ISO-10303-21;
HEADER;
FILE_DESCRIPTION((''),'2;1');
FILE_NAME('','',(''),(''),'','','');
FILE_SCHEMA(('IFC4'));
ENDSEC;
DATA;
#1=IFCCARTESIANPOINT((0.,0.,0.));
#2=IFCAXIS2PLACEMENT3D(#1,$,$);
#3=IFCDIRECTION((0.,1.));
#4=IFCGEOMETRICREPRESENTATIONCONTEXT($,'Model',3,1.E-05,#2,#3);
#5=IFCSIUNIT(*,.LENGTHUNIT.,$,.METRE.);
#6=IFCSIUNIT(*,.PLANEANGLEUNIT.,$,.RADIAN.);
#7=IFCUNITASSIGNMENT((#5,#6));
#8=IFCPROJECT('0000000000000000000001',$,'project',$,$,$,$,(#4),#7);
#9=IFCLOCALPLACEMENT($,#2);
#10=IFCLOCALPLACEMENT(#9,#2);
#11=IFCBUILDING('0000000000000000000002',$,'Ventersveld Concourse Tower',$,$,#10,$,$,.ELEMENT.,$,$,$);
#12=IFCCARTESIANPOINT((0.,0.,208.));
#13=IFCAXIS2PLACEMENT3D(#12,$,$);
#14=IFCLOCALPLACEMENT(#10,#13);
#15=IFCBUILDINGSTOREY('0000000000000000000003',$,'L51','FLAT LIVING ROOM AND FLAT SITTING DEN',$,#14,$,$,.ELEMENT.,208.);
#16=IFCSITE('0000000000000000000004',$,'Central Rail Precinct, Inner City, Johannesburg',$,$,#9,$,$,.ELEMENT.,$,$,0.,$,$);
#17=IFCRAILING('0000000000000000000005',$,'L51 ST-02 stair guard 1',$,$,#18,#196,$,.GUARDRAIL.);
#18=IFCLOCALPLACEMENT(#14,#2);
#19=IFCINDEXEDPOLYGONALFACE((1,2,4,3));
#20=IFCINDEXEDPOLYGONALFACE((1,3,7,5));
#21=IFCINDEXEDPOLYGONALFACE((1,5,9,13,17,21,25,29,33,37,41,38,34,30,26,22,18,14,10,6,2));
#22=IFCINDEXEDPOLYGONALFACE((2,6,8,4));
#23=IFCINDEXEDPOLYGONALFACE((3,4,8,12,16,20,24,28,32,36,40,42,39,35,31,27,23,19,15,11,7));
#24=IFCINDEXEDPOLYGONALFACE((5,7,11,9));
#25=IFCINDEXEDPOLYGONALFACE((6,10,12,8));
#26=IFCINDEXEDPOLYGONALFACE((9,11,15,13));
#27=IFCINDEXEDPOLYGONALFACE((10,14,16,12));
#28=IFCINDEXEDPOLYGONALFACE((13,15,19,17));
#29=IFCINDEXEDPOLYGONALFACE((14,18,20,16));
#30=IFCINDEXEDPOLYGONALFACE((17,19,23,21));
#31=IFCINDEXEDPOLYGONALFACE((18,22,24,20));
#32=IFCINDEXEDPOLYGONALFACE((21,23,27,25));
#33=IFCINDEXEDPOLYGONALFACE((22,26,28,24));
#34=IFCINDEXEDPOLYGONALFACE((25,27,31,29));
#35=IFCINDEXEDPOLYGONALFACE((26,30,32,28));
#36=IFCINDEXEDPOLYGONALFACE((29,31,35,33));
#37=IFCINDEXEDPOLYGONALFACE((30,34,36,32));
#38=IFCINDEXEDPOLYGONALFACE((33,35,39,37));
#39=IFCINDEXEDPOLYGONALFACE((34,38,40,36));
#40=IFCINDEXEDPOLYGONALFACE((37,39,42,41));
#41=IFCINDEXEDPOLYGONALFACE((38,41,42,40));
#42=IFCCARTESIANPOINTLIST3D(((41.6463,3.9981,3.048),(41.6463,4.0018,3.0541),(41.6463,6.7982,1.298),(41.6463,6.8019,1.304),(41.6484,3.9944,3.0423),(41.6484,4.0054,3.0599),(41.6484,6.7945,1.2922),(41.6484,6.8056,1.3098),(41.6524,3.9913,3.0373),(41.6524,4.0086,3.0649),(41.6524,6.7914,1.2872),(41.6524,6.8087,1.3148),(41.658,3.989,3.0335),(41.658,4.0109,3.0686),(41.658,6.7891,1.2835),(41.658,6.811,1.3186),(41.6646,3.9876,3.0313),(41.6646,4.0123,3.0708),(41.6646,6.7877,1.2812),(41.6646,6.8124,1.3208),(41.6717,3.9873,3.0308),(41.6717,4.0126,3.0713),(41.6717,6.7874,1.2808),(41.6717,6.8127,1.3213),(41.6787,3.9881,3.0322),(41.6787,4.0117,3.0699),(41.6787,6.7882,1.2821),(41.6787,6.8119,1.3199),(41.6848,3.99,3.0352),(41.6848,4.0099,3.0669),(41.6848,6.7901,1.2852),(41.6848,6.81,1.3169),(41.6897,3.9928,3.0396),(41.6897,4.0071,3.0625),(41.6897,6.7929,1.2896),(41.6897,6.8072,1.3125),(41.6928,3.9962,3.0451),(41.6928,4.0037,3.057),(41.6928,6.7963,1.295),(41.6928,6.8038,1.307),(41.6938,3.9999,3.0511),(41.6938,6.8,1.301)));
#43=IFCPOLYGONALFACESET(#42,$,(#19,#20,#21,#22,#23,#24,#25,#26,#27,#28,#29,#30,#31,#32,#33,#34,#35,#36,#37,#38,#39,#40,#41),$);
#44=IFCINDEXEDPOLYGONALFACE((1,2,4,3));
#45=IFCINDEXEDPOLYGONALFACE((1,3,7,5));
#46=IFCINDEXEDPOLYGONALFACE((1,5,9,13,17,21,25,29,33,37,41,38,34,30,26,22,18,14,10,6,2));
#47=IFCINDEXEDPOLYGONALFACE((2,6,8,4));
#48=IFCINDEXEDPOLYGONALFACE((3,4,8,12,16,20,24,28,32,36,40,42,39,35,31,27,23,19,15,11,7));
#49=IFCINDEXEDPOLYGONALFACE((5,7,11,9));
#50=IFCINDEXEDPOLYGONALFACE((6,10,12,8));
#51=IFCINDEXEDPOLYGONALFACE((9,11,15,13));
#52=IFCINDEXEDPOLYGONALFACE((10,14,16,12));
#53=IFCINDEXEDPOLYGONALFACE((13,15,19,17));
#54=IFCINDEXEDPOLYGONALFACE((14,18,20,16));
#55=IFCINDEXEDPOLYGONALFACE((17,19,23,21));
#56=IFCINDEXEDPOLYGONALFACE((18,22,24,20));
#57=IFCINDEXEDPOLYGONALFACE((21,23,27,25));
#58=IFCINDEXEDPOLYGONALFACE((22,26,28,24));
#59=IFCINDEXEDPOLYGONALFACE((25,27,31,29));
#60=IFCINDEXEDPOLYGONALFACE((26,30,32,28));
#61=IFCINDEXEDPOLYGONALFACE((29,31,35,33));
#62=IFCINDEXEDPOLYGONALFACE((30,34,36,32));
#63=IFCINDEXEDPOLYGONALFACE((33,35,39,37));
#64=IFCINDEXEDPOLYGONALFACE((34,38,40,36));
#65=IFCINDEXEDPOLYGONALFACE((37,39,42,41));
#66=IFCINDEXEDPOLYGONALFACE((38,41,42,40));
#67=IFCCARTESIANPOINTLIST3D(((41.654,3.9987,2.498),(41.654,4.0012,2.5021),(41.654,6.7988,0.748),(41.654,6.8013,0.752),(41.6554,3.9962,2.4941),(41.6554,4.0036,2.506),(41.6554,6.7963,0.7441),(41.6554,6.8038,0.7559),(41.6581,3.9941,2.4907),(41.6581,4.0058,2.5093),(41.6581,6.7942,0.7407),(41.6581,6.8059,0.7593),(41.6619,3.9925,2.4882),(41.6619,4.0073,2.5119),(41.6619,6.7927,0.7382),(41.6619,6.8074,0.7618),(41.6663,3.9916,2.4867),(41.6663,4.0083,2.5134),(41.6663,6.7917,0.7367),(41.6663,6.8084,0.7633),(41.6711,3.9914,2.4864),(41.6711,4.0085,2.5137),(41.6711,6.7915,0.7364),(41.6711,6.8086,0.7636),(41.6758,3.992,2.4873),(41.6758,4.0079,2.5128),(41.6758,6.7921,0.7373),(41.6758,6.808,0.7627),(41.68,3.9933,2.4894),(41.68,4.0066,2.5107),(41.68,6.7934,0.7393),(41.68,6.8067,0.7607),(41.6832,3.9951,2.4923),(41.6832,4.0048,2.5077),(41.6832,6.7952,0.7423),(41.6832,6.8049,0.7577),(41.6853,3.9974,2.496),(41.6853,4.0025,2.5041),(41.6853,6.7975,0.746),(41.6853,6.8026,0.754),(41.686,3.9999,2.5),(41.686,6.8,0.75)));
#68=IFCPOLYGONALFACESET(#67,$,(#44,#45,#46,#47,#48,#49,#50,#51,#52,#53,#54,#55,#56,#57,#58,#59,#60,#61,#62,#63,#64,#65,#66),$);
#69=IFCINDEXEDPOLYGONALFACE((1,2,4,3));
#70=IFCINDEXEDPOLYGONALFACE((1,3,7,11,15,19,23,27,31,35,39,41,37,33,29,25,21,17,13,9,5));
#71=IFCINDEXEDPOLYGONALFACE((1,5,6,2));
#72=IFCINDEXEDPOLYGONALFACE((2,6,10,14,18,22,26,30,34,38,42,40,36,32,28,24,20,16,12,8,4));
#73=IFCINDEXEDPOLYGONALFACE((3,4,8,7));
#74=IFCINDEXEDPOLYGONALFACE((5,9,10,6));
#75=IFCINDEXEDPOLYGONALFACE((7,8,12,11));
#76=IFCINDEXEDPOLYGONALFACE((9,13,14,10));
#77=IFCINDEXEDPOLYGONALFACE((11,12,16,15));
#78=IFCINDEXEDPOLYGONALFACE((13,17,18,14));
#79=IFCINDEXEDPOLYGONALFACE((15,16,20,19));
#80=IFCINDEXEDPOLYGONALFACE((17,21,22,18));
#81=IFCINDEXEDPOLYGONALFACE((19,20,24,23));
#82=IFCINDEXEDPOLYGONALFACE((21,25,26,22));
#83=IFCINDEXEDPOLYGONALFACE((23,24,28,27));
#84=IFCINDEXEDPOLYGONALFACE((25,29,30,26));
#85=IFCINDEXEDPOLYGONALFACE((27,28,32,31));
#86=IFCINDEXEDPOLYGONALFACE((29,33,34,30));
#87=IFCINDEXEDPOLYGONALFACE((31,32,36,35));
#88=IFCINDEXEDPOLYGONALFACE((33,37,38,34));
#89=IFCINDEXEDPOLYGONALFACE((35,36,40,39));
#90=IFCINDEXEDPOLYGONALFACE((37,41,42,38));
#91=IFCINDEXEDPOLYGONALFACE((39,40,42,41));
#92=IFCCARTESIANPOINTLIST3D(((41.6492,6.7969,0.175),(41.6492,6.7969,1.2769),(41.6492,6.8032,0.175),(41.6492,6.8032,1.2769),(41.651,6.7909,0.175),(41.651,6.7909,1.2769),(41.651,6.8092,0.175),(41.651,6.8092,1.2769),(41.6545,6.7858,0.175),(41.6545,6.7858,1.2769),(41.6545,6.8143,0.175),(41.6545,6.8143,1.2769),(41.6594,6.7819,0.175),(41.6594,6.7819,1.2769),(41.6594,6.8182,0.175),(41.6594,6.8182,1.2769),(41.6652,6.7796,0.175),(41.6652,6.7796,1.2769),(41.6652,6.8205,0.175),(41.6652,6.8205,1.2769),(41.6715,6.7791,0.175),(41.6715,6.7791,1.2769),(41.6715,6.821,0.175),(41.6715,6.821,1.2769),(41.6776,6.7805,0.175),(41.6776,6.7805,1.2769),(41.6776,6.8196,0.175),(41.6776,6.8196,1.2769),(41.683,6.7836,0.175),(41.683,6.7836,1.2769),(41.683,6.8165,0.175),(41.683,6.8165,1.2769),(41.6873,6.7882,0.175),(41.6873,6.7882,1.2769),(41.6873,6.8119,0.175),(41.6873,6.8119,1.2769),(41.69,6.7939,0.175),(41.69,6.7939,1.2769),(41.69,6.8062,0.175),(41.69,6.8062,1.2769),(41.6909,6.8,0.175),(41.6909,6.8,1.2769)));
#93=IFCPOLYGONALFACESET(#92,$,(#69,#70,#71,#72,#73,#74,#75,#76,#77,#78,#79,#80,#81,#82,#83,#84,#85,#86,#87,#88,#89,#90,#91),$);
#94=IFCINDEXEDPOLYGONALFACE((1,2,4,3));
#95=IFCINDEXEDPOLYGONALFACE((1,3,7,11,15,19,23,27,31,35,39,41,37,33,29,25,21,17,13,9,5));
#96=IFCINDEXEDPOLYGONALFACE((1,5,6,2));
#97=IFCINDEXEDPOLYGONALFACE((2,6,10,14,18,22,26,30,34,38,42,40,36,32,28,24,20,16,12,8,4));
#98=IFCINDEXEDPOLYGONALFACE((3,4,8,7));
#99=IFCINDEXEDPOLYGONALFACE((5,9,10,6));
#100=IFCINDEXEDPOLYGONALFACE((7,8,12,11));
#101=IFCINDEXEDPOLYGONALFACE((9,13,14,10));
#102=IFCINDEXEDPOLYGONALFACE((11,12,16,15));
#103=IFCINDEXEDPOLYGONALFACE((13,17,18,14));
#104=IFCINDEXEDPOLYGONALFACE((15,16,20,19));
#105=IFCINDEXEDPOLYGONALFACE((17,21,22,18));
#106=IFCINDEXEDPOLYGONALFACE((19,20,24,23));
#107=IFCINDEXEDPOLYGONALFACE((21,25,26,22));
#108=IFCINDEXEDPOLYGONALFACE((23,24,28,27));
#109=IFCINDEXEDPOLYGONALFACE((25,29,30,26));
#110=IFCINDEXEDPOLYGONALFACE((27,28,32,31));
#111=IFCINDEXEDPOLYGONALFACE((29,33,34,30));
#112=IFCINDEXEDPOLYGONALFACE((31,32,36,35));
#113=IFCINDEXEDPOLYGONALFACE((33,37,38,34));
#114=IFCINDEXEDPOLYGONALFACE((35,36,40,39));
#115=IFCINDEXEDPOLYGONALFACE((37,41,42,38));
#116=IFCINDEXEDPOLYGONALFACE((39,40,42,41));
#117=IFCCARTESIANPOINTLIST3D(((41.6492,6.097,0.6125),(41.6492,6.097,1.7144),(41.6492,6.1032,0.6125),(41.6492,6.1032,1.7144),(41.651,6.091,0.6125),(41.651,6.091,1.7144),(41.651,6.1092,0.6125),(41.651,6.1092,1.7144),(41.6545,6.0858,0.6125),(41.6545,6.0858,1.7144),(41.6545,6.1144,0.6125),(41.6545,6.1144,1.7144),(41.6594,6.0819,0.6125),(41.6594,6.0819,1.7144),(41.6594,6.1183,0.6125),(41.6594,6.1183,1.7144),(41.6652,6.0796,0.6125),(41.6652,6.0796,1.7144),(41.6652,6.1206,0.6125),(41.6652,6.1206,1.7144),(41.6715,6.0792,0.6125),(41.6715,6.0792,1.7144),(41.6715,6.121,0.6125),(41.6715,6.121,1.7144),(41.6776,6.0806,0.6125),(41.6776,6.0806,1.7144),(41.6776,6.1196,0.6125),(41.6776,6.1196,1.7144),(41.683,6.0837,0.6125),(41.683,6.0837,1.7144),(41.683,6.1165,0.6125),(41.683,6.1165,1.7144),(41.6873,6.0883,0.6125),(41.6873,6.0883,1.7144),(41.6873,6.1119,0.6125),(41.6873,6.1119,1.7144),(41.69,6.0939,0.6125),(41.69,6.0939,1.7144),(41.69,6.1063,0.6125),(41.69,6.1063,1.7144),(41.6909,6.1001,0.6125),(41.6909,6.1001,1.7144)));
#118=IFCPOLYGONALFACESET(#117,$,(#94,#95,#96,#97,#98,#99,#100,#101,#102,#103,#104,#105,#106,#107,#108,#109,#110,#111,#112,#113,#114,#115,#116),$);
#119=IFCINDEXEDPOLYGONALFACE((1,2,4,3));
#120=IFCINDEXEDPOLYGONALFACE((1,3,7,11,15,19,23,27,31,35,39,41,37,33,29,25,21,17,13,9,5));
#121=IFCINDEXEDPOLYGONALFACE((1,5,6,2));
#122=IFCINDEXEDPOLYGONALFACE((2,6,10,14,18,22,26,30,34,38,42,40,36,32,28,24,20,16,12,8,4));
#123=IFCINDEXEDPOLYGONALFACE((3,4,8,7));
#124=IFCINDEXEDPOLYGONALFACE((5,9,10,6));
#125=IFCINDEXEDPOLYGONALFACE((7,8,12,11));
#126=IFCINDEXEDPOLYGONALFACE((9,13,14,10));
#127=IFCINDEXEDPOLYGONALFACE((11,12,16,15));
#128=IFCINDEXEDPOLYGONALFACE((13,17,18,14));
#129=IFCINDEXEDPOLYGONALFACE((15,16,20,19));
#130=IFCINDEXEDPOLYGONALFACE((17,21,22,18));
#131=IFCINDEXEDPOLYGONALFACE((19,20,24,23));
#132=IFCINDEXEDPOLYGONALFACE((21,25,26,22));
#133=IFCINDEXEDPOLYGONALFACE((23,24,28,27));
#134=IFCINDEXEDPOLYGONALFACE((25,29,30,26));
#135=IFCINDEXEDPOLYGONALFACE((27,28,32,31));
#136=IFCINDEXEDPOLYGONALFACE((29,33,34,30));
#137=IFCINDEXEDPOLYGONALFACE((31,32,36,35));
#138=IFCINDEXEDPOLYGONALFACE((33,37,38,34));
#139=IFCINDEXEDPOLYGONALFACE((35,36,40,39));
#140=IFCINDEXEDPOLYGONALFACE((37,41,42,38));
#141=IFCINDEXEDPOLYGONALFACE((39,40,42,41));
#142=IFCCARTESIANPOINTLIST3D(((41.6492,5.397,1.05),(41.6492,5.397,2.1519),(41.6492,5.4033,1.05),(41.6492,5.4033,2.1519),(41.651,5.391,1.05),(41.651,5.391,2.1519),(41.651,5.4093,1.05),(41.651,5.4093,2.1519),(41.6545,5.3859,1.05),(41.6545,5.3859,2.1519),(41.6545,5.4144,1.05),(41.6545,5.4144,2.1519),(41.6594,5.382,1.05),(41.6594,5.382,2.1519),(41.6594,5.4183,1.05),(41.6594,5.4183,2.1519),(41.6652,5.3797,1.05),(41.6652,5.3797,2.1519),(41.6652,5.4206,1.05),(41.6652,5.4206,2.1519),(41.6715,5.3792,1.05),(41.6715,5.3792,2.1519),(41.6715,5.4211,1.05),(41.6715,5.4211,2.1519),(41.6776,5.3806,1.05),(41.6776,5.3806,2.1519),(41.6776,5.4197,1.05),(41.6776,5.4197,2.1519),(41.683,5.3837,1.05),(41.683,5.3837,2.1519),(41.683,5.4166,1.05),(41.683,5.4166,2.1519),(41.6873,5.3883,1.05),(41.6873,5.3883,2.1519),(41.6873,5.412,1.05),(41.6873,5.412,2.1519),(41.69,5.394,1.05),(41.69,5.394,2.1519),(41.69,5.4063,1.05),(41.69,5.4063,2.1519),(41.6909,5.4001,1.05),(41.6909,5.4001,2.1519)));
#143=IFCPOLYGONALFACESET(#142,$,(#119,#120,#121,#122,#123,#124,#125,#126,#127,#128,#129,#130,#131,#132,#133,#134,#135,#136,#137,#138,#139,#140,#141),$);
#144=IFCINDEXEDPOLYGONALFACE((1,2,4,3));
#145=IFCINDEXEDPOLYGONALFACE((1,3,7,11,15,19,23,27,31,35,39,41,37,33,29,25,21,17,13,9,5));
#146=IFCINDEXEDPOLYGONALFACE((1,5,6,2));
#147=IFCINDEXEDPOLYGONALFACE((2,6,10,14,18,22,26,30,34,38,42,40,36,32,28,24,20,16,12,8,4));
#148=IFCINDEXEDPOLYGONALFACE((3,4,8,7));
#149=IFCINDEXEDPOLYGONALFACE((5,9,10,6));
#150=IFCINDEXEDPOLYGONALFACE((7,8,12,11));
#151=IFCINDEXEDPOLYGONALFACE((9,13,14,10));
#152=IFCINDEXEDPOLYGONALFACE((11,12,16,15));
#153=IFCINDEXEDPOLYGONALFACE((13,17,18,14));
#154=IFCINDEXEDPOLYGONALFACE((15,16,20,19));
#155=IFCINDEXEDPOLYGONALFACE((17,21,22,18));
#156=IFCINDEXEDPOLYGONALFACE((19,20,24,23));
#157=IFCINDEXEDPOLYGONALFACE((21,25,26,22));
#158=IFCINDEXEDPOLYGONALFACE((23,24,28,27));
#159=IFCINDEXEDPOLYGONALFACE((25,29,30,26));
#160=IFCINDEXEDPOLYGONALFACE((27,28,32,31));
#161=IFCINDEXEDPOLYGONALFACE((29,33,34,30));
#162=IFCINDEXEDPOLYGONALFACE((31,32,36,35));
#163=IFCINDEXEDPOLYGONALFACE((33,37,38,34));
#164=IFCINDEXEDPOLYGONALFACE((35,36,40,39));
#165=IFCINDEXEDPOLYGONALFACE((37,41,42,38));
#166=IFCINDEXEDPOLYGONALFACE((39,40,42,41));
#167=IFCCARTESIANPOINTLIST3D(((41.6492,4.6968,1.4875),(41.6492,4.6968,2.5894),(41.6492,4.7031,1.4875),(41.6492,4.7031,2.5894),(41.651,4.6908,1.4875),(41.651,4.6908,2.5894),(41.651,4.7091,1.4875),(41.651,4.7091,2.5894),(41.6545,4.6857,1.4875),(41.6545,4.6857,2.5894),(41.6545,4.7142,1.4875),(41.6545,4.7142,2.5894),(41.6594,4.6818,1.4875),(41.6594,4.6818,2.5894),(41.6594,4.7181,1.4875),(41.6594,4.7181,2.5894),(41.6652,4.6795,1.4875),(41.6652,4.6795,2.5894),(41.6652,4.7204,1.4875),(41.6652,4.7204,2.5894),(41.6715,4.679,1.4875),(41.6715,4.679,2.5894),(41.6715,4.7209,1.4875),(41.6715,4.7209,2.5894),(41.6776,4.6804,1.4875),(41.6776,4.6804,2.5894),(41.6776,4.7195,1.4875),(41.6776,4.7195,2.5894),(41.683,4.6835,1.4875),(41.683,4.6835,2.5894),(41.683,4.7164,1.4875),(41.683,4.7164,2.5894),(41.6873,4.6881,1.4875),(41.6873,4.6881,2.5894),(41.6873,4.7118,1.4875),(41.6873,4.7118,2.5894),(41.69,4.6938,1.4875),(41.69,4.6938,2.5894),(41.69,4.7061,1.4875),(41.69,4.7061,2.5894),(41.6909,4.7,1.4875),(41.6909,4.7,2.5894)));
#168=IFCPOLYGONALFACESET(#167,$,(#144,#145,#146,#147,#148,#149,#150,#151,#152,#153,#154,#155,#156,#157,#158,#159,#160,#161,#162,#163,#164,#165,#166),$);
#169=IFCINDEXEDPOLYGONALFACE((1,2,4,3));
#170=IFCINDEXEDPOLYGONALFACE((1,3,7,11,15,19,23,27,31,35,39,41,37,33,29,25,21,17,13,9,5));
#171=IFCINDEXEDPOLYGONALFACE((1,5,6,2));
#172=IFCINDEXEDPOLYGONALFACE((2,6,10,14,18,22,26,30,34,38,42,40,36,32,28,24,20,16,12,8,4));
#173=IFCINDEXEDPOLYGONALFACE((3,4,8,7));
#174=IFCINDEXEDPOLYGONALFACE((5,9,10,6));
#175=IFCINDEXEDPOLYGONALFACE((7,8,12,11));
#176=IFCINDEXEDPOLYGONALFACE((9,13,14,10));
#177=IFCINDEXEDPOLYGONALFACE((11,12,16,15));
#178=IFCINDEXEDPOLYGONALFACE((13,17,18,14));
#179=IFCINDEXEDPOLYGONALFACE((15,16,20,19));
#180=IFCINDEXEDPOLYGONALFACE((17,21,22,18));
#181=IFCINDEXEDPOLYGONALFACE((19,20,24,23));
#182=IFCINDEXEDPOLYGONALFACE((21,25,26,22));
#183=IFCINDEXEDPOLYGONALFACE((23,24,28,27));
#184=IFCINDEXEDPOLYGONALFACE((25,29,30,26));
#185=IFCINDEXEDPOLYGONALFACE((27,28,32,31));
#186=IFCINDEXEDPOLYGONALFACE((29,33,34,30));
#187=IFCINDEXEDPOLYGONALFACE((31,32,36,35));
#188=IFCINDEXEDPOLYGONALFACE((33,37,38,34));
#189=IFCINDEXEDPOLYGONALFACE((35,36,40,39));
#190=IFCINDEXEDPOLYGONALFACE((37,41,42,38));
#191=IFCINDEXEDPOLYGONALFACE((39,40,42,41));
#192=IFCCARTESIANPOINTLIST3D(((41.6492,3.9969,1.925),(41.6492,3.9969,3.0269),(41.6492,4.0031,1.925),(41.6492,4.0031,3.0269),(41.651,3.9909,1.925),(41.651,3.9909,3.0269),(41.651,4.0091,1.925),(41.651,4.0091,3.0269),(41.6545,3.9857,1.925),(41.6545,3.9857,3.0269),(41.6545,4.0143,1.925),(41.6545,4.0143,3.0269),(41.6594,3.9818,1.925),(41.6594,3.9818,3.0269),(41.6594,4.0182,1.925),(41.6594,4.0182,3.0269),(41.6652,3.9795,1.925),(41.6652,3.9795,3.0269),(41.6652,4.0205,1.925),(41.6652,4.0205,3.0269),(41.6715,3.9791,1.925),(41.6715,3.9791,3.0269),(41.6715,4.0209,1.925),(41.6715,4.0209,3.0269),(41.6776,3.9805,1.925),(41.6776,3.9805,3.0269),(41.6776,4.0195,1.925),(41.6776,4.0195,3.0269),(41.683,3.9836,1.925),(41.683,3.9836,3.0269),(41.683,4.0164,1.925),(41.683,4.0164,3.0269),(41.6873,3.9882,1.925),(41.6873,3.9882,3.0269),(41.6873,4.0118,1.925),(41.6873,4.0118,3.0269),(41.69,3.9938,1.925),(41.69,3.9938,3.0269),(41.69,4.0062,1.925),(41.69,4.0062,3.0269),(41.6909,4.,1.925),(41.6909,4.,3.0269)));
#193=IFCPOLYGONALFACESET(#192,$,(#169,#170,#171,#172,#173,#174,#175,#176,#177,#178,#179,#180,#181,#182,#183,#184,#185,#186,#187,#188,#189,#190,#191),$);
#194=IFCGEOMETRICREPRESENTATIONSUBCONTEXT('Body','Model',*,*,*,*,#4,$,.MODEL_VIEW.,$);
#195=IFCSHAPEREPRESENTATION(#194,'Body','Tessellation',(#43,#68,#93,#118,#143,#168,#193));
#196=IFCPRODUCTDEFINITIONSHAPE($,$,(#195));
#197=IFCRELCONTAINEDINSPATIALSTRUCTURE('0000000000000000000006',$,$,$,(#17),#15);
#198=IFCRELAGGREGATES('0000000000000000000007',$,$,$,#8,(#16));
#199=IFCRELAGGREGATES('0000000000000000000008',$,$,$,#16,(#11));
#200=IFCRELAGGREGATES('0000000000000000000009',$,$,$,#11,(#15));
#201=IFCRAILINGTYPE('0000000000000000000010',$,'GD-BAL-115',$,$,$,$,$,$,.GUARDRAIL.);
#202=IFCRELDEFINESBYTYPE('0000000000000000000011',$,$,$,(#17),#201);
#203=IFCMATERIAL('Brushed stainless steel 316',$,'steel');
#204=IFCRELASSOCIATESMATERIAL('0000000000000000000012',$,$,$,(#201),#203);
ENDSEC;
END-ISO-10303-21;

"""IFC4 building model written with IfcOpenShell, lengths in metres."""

from ifc_helpers import new_model, si_unit, direction, frame, origin, origin_2d, place, context, subcontext, project, spatial, circle, extrude, material, type_object, element, save


model = new_model("IFC4")

# Units and contexts
model_context = context("Model", 3, precision=1e-05, world=origin(), true_north=direction((0.0, 1.0)))
body_context = subcontext(model_context, "Body", "Model", "MODEL_VIEW")
ifc_project = project(units=[si_unit("LENGTHUNIT", "METRE"), si_unit("PLANEANGLEUNIT", "RADIAN")], contexts=[model_context])

# Site, building, storey
site_placement = place(None, origin())
site = spatial("IfcSite", under=ifc_project, at=site_placement, Name="Central Rail Precinct, Inner City, Johannesburg", CompositionType="ELEMENT", RefElevation=0.0)
building_placement = place(site_placement, origin())
building = spatial("IfcBuilding", under=site, at=building_placement, Name="Ventersveld Concourse Tower", CompositionType="ELEMENT")
storey_placement = place(building_placement, frame((0.0, 0.0, 208.0)))
storey = spatial("IfcBuildingStorey", under=building, at=storey_placement, Name="L51", Description="FLAT LIVING ROOM AND FLAT SITTING DEN", CompositionType="ELEMENT", Elevation=208.0)

# Railing
ifc_material_1 = material(Name="Brushed stainless steel 316", Category="steel")
railing_type_1 = type_object("IfcRailingType", Name="GD-BAL-115", PredefinedType="GUARDRAIL", material=ifc_material_1)
railing_1_placement = place(storey_placement, frame((41.6699, 6.8, 0.175)))
element("IfcRailing", 1, at=railing_1_placement, inside=storey, type_object=railing_type_1, Name="L51 ST-02 stair guard 1", PredefinedType="GUARDRAIL", context=body_context, shape_type="SweptSolid", body=[
    extrude(circle(Radius=0.0239, at=origin_2d()), frame((0.0, 0.0, 1.126), z_axis=(0.0, -0.848002, 0.529992), x_axis=(1.0, 0.0, 0.0)), (0.0, 0.0, 1.0), 3.302),
    extrude(circle(Radius=0.0161, at=origin_2d()), frame((0.0, 0.0, 0.575), z_axis=(0.0, -0.848002, 0.529992), x_axis=(1.0, 0.0, 0.0)), (0.0, 0.0, 1.0), 3.302),
    extrude(circle(Radius=0.021, at=origin_2d()), origin(), (0.0, 0.0, 1.0), 1.1018),
    extrude(circle(Radius=0.021, at=origin_2d()), frame((0.0, -0.7, 0.4375)), (0.0, 0.0, 1.0), 1.1018),
    extrude(circle(Radius=0.021, at=origin_2d()), frame((0.0, -1.3999, 0.875)), (0.0, 0.0, 1.0), 1.1018),
    extrude(circle(Radius=0.021, at=origin_2d()), frame((0.0, -2.1001, 1.3125)), (0.0, 0.0, 1.0), 1.1018),
    extrude(circle(Radius=0.021, at=origin_2d()), frame((0.0, -2.8, 1.75)), (0.0, 0.0, 1.0), 1.1018),
])

save(model, "model.ifc")
